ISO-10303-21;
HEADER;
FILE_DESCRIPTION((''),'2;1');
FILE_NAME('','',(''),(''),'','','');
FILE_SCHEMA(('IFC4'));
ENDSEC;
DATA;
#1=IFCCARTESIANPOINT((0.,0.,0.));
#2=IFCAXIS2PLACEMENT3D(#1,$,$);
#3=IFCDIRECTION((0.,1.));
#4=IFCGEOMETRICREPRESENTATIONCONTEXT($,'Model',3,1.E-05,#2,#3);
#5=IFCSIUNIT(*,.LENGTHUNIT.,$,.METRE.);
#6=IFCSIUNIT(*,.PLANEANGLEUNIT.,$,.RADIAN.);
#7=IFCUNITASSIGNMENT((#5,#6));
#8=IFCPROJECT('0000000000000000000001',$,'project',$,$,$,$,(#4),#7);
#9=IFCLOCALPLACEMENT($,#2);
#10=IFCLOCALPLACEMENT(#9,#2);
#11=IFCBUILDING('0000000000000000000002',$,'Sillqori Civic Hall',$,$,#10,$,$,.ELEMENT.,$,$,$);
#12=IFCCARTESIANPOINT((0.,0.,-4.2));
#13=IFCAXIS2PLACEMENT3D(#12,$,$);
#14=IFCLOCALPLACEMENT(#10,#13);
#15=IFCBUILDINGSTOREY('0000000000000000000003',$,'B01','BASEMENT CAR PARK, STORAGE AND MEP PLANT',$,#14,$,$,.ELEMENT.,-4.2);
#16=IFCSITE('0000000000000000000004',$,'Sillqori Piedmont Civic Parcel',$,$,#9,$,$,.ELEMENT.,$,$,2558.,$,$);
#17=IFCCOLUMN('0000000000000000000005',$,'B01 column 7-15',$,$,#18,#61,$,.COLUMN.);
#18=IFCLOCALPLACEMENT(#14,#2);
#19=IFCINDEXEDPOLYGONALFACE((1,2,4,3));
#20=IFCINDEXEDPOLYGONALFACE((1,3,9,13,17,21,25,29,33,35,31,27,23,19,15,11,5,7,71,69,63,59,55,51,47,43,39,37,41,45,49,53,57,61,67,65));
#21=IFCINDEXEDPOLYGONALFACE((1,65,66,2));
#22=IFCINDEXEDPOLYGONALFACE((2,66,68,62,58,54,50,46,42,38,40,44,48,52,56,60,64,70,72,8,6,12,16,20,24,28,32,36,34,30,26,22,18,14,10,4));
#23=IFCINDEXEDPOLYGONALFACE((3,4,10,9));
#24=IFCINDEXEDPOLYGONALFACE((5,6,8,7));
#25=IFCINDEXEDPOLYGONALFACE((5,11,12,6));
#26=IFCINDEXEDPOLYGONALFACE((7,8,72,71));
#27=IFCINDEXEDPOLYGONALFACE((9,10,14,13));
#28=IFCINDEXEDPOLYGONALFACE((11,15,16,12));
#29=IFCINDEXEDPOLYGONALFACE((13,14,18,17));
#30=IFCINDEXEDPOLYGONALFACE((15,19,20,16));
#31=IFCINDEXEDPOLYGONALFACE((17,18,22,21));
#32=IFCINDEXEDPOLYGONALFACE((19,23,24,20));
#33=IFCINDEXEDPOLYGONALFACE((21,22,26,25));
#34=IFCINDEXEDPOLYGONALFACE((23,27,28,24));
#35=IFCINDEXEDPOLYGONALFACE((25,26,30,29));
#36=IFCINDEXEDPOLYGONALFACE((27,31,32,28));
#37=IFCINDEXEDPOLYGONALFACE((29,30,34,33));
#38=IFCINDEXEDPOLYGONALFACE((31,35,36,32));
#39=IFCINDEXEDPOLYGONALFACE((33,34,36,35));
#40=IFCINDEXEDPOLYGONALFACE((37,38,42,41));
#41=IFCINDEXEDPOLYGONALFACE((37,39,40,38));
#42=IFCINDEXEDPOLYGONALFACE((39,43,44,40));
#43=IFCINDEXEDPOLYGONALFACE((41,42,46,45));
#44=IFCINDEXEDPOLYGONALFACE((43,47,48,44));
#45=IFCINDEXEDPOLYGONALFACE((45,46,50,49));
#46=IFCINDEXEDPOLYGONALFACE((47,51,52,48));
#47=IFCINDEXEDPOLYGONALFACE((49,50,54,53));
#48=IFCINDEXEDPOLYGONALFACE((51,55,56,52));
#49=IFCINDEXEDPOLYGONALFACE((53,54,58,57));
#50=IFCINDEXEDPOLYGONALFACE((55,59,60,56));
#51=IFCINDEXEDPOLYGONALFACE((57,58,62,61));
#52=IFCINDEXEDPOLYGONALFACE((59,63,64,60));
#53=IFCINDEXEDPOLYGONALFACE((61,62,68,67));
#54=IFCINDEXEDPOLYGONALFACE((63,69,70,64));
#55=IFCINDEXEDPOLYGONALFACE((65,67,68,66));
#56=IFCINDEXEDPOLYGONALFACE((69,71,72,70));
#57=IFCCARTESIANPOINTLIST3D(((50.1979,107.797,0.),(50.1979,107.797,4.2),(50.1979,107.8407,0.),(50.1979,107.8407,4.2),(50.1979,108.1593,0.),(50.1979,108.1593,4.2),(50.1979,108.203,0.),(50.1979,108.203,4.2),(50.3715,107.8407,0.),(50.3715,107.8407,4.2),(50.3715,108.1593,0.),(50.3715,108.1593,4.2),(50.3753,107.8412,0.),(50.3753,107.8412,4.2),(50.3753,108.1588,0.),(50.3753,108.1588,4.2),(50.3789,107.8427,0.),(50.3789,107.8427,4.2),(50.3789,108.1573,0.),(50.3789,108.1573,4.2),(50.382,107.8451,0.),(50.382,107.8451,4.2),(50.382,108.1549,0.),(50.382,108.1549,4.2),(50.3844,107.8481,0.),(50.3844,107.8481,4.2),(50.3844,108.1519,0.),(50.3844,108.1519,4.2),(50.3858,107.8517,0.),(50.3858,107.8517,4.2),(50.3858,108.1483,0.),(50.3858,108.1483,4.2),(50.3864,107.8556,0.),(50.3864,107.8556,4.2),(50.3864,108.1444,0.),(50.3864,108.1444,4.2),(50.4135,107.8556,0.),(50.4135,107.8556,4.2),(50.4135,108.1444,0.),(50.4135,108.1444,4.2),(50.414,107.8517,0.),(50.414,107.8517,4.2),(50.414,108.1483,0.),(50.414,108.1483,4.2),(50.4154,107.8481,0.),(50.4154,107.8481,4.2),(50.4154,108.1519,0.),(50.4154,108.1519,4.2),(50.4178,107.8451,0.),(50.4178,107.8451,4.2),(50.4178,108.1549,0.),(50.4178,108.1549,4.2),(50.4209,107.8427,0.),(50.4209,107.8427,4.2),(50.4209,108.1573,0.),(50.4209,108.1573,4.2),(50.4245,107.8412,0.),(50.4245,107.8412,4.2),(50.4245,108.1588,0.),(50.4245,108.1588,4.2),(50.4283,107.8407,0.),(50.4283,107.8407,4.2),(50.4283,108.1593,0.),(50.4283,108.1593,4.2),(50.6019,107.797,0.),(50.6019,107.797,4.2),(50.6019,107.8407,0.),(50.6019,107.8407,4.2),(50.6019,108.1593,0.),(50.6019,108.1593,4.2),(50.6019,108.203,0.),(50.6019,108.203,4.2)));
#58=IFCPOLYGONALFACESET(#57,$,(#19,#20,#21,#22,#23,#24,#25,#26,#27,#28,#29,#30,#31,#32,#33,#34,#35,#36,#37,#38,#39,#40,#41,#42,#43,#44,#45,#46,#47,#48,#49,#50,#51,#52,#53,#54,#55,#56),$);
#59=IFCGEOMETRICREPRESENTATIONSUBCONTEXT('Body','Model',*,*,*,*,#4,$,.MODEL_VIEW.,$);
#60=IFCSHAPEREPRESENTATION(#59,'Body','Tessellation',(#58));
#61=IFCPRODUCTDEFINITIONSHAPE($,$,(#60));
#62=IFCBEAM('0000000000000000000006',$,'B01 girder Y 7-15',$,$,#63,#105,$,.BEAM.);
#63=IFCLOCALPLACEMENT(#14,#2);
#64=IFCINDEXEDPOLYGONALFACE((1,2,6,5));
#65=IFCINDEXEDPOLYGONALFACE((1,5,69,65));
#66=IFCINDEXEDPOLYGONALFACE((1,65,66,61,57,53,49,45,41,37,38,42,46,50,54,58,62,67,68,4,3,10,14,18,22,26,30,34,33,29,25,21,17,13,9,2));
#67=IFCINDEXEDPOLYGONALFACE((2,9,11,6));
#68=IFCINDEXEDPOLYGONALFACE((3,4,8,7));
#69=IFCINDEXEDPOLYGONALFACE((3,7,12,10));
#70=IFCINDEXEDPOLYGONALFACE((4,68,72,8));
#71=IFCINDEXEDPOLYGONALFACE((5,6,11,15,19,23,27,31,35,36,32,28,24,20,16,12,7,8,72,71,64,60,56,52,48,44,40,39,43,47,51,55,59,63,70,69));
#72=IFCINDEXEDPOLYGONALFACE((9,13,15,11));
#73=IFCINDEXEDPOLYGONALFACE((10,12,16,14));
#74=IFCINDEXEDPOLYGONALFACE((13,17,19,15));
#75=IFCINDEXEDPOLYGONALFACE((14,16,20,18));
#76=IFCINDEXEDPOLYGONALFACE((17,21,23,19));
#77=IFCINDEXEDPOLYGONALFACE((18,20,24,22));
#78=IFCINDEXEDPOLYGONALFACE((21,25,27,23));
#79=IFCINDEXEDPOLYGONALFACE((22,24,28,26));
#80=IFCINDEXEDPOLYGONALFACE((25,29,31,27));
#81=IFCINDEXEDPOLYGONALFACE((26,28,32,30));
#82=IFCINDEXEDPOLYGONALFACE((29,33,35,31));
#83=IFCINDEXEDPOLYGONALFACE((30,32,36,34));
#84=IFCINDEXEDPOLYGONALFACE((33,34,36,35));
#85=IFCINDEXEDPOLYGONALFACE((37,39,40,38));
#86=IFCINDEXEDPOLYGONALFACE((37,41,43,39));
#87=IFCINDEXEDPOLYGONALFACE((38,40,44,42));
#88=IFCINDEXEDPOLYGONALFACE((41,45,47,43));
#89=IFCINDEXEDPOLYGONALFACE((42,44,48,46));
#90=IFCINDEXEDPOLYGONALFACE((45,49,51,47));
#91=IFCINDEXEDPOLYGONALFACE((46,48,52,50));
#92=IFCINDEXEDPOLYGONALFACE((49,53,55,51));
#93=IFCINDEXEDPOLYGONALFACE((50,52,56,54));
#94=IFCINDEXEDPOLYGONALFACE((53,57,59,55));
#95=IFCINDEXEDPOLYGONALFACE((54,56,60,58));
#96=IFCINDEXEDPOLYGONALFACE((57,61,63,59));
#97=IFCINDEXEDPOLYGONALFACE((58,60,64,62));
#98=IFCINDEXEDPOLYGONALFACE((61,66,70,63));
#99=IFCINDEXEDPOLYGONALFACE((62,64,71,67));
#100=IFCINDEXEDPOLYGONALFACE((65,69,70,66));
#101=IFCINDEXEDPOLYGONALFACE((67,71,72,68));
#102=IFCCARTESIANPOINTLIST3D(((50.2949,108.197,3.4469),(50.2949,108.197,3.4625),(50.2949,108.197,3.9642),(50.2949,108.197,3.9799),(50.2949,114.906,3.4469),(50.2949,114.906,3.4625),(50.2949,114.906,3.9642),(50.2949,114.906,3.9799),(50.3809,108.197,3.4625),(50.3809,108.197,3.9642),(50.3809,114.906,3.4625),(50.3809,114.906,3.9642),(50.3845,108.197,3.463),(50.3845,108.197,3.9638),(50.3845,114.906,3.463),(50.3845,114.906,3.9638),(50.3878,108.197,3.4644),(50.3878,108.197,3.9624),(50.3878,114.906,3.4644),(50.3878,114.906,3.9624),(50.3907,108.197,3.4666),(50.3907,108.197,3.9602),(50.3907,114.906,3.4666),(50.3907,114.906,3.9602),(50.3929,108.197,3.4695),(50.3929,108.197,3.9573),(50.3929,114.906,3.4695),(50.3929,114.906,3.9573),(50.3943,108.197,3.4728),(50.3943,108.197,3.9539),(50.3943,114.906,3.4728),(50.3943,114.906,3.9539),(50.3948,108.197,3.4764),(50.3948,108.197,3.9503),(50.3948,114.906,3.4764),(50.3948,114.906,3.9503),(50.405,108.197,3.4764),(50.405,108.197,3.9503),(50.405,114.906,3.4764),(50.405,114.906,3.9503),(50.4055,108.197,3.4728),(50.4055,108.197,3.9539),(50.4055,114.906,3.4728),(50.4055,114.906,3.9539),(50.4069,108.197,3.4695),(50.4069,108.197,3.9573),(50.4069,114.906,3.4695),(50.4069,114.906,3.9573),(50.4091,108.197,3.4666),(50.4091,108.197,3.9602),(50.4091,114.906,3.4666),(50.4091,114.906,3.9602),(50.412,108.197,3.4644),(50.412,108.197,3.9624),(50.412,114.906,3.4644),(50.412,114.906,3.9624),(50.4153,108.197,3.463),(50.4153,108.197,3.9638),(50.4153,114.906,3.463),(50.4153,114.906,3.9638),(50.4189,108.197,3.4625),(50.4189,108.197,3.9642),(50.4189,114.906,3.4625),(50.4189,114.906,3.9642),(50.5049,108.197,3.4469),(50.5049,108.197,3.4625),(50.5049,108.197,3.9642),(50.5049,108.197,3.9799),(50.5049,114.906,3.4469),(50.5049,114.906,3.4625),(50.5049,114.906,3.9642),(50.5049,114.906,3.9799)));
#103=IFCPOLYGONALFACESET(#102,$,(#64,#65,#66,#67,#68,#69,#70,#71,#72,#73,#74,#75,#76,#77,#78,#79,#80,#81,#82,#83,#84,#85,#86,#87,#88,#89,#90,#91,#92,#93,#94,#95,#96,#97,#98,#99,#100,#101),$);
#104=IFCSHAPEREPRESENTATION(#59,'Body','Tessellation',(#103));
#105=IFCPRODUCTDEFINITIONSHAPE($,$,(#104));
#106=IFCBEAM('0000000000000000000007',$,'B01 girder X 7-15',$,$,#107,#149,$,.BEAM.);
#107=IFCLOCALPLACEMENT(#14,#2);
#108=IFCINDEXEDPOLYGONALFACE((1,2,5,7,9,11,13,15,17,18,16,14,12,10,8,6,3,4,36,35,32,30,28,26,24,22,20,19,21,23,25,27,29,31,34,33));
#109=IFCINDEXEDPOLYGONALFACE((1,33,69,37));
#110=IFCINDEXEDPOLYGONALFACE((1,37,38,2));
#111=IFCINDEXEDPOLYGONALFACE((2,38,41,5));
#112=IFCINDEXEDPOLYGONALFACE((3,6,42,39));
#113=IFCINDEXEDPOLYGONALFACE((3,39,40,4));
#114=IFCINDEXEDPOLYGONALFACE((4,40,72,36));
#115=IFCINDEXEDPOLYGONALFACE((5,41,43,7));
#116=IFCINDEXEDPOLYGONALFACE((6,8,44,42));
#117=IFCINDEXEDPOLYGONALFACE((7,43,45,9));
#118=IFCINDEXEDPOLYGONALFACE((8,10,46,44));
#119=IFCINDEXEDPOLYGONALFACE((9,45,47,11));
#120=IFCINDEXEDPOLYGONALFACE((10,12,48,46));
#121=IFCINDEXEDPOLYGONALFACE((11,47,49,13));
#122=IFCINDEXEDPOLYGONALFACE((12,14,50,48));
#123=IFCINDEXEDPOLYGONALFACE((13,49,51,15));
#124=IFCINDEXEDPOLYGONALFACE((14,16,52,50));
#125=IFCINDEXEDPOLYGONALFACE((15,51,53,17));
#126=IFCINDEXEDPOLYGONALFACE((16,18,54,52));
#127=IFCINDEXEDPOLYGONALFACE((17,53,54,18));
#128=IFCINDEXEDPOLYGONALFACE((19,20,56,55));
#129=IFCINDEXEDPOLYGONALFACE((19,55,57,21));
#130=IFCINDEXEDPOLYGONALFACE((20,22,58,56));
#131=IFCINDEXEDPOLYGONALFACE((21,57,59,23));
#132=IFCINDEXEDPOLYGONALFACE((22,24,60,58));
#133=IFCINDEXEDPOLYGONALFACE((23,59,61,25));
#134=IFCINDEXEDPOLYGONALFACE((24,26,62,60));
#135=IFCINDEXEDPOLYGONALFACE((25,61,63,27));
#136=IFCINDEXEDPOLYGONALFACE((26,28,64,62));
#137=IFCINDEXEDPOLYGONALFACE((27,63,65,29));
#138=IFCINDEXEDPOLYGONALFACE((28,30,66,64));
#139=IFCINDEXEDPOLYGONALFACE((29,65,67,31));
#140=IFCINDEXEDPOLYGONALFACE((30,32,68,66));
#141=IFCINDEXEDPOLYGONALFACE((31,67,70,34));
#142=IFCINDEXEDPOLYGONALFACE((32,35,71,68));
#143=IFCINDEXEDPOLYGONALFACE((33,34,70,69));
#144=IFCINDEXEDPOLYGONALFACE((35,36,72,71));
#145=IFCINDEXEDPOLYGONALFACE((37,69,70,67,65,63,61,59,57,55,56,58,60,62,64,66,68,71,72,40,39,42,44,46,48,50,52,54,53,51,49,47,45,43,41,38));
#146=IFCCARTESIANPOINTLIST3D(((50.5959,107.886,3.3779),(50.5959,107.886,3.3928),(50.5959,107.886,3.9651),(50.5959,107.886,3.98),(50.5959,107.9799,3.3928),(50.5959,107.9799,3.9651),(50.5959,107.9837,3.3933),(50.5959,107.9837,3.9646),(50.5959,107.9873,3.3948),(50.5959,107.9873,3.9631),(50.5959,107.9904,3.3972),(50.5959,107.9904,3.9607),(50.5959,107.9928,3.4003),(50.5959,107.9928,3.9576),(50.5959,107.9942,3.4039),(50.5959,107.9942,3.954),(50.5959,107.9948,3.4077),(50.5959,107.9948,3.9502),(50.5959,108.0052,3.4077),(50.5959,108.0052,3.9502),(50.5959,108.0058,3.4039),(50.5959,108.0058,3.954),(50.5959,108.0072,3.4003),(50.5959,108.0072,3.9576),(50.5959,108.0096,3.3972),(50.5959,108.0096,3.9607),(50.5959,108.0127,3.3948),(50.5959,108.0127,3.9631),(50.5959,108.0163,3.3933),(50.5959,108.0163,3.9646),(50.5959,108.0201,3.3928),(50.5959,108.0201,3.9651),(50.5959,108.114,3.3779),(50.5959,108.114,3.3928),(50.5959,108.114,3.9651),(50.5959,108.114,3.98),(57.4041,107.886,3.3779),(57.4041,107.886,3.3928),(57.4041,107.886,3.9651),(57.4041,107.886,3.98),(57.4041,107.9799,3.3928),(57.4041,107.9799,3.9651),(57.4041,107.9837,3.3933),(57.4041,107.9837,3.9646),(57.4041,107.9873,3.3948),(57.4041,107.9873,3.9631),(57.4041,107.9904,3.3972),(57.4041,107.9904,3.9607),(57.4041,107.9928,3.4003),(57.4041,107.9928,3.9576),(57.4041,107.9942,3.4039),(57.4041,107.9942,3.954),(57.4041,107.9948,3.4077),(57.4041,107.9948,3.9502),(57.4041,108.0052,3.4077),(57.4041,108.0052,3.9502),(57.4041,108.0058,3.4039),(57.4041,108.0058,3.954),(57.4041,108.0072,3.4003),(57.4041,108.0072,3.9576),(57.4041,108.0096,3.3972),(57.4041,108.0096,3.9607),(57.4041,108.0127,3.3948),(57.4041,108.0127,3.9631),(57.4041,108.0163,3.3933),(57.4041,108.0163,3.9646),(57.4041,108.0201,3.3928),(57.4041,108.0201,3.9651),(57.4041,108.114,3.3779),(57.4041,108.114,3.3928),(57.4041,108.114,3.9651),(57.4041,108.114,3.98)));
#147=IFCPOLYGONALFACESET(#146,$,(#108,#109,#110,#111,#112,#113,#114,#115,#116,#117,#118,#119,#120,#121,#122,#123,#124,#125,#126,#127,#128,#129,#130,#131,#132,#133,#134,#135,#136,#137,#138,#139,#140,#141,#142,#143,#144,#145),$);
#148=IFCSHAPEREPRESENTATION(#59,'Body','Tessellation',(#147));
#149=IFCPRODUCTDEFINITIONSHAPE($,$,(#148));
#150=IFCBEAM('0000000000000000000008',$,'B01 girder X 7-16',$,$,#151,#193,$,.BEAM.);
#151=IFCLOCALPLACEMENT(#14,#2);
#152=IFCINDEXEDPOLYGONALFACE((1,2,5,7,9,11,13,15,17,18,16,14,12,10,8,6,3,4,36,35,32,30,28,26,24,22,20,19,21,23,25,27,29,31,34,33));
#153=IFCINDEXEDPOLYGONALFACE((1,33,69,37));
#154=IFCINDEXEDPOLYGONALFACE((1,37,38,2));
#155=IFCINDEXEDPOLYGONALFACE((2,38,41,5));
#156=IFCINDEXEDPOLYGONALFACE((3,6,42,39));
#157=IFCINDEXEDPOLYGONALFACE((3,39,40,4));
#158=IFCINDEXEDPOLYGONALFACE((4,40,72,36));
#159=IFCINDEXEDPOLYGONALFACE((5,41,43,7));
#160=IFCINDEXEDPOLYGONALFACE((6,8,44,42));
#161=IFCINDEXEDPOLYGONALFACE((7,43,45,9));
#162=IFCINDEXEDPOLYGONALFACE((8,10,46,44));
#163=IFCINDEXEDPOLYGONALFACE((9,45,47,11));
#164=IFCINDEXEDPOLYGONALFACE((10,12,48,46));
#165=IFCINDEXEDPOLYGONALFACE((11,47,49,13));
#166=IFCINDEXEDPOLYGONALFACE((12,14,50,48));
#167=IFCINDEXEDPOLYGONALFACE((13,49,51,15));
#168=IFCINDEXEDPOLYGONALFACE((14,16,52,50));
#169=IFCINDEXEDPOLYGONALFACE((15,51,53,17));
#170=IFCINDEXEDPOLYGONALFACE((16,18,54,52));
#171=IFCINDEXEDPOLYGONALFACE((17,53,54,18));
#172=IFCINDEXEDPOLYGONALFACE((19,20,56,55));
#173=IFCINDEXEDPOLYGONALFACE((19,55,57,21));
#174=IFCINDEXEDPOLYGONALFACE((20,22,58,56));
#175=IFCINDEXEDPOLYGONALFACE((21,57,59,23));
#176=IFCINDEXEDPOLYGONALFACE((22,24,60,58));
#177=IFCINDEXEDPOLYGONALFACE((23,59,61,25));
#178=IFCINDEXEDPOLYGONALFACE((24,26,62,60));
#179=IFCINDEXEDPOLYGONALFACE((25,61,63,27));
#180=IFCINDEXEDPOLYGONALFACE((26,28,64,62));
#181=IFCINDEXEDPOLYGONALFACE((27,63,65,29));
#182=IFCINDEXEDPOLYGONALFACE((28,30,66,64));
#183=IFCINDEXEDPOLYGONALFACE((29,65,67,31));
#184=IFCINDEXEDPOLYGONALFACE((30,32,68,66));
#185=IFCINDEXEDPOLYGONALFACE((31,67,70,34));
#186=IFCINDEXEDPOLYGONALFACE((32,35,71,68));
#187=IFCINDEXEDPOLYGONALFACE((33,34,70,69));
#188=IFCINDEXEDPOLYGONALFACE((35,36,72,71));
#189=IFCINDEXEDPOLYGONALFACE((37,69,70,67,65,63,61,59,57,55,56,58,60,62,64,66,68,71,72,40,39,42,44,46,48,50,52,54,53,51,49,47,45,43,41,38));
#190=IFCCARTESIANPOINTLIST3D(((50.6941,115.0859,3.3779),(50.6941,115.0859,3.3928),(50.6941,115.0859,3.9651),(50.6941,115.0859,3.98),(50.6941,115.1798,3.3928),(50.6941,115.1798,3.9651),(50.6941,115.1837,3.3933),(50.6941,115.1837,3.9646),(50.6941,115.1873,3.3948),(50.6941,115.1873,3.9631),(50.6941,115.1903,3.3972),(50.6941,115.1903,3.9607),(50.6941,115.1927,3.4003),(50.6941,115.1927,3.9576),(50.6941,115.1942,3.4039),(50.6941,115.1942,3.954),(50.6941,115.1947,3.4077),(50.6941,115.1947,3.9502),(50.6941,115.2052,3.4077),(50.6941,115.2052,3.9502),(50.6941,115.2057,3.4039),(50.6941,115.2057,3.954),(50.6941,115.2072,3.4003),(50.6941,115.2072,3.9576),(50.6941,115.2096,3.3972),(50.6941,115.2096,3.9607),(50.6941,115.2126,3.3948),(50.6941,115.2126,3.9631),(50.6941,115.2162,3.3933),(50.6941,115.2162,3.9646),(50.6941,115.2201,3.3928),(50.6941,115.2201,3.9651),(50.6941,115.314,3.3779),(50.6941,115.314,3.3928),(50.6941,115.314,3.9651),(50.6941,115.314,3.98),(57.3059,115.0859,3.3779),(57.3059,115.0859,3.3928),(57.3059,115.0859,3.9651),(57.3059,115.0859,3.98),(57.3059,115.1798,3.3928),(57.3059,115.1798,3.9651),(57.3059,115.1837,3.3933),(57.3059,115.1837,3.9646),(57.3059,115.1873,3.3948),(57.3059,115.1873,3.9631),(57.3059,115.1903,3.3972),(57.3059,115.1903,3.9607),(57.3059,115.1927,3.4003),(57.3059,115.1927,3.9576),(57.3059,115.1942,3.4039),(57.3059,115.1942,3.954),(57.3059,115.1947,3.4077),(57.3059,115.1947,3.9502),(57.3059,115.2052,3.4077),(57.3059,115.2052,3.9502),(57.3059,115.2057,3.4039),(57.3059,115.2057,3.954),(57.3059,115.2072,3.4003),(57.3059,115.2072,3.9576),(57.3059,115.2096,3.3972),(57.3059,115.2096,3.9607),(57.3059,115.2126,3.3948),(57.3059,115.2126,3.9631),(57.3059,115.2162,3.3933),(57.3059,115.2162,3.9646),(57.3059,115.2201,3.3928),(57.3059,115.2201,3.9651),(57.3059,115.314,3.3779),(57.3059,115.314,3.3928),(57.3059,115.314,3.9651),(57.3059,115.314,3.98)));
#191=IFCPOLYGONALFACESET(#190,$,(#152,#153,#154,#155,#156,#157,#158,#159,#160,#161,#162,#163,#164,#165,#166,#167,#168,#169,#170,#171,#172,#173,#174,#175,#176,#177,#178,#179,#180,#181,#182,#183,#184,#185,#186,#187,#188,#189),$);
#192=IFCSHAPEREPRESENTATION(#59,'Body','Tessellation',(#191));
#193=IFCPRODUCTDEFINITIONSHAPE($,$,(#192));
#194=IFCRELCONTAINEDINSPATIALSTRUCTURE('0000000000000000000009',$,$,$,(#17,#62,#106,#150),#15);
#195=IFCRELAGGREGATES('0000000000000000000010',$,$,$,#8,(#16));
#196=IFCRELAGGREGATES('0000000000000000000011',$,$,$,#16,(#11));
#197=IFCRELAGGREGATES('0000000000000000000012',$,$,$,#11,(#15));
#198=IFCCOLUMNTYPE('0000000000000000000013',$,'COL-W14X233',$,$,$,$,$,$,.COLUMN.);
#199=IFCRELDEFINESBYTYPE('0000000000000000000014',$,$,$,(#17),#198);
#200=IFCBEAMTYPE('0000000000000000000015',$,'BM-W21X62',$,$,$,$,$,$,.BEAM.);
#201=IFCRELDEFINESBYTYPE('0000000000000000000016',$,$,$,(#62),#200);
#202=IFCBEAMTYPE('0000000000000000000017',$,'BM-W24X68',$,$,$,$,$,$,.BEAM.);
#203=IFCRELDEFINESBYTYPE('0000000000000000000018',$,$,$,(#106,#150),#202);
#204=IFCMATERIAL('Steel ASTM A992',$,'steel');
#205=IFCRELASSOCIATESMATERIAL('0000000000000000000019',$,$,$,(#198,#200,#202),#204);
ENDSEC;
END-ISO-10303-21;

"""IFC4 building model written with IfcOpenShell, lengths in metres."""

from ifc_helpers import new_model, si_unit, direction, frame, origin, origin_2d, place, context, subcontext, project, spatial, i_section, extrude, material, material_profile, profile_set, type_object, element, save


model = new_model("IFC4")

# Units and contexts
model_context = context("Model", 3, precision=1e-05, world=origin(), true_north=direction((0.0, 1.0)))
body_context = subcontext(model_context, "Body", "Model", "MODEL_VIEW")
ifc_project = project(units=[si_unit("LENGTHUNIT", "METRE"), si_unit("PLANEANGLEUNIT", "RADIAN")], contexts=[model_context])

# Site, building, storey
site_placement = place(None, origin())
site = spatial("IfcSite", under=ifc_project, at=site_placement, Name="Sillqori Piedmont Civic Parcel", CompositionType="ELEMENT", RefElevation=2558.0)
building_placement = place(site_placement, origin())
building = spatial("IfcBuilding", under=site, at=building_placement, Name="Sillqori Civic Hall", CompositionType="ELEMENT")
storey_placement = place(building_placement, frame((0.0, 0.0, -4.2)))
storey = spatial("IfcBuildingStorey", under=building, at=storey_placement, Name="B01", Description="BASEMENT CAR PARK, STORAGE AND MEP PLANT", CompositionType="ELEMENT", Elevation=-4.2)

# Column
ifc_material_1 = material(Name="Steel ASTM A992", Category="steel")
ifc_material_profile_1 = material_profile(ifc_material_1, i_section(OverallWidth=0.4041, OverallDepth=0.406, WebThickness=0.0271, FlangeThickness=0.0437, FilletRadius=0.0149, at=origin_2d()), Name="W14X233")
ifc_profile_set_1 = profile_set([ifc_material_profile_1], Name="Steel ASTM A992")
column_type_1 = type_object("IfcColumnType", Name="COL-W14X233", PredefinedType="COLUMN", material=ifc_profile_set_1)
column_1_placement = place(storey_placement, frame((50.3999, 108.0, 0.0), z_axis=(0.0, 0.0, 1.0), x_axis=(1.0, 0.0, 0.0)))
element("IfcColumn", 1, at=column_1_placement, inside=storey, type_object=column_type_1, Name="B01 column 7-15", PredefinedType="COLUMN", context=body_context, shape_type="SweptSolid", body=[
    extrude(i_section(OverallWidth=0.4041, OverallDepth=0.406, WebThickness=0.0271, FlangeThickness=0.0437, FilletRadius=0.0149, at=origin_2d()), origin(), (0.0, 0.0, 1.0), 4.2),
])

# Beams
ifc_material_profile_2 = material_profile(ifc_material_1, i_section(OverallWidth=0.21, OverallDepth=0.533, WebThickness=0.0103, FlangeThickness=0.0156, FilletRadius=0.0139, at=origin_2d()), Name="W21X62")
ifc_profile_set_2 = profile_set([ifc_material_profile_2], Name="Steel ASTM A992")
beam_type_1 = type_object("IfcBeamType", Name="BM-W21X62", PredefinedType="BEAM", material=ifc_profile_set_2)
beam_1_placement = place(storey_placement, frame((50.3999, 108.197, 3.7134), z_axis=(0.0, 1.0, 0.0), x_axis=(-1.0, 0.0, 0.0)))
element("IfcBeam", 2, at=beam_1_placement, inside=storey, type_object=beam_type_1, Name="B01 girder Y 7-15", PredefinedType="BEAM", context=body_context, shape_type="SweptSolid", body=[
    extrude(i_section(OverallWidth=0.21, OverallDepth=0.533, WebThickness=0.0103, FlangeThickness=0.0156, FilletRadius=0.0139, at=origin_2d()), origin(), (0.0, 0.0, 1.0), 6.709),
])
ifc_material_profile_3 = material_profile(ifc_material_1, i_section(OverallWidth=0.228, OverallDepth=0.6021, WebThickness=0.0105, FlangeThickness=0.0149, FilletRadius=0.0149, at=origin_2d()), Name="W24X68")
ifc_profile_set_3 = profile_set([ifc_material_profile_3], Name="Steel ASTM A992")
beam_type_2 = type_object("IfcBeamType", Name="BM-W24X68", PredefinedType="BEAM", material=ifc_profile_set_3)
beam_2_placement = place(storey_placement, frame((50.5959, 108.0, 3.679), z_axis=(1.0, 0.0, 0.0), x_axis=(0.0, 1.0, 0.0)))
element("IfcBeam", 3, at=beam_2_placement, inside=storey, type_object=beam_type_2, Name="B01 girder X 7-15", PredefinedType="BEAM", context=body_context, shape_type="SweptSolid", body=[
    extrude(i_section(OverallWidth=0.228, OverallDepth=0.6021, WebThickness=0.0105, FlangeThickness=0.0149, FilletRadius=0.0149, at=origin_2d()), origin(), (0.0, 0.0, 1.0), 6.8081),
])
beam_3_placement = place(storey_placement, frame((50.6941, 115.2, 3.679), z_axis=(1.0, 0.0, 0.0), x_axis=(0.0, 1.0, 0.0)))
element("IfcBeam", 4, at=beam_3_placement, inside=storey, type_object=beam_type_2, Name="B01 girder X 7-16", PredefinedType="BEAM", context=body_context, shape_type="SweptSolid", body=[
    extrude(i_section(OverallWidth=0.228, OverallDepth=0.6021, WebThickness=0.0105, FlangeThickness=0.0149, FilletRadius=0.0149, at=origin_2d()), origin(), (0.0, 0.0, 1.0), 6.6118),
])

save(model, "model.ifc")
